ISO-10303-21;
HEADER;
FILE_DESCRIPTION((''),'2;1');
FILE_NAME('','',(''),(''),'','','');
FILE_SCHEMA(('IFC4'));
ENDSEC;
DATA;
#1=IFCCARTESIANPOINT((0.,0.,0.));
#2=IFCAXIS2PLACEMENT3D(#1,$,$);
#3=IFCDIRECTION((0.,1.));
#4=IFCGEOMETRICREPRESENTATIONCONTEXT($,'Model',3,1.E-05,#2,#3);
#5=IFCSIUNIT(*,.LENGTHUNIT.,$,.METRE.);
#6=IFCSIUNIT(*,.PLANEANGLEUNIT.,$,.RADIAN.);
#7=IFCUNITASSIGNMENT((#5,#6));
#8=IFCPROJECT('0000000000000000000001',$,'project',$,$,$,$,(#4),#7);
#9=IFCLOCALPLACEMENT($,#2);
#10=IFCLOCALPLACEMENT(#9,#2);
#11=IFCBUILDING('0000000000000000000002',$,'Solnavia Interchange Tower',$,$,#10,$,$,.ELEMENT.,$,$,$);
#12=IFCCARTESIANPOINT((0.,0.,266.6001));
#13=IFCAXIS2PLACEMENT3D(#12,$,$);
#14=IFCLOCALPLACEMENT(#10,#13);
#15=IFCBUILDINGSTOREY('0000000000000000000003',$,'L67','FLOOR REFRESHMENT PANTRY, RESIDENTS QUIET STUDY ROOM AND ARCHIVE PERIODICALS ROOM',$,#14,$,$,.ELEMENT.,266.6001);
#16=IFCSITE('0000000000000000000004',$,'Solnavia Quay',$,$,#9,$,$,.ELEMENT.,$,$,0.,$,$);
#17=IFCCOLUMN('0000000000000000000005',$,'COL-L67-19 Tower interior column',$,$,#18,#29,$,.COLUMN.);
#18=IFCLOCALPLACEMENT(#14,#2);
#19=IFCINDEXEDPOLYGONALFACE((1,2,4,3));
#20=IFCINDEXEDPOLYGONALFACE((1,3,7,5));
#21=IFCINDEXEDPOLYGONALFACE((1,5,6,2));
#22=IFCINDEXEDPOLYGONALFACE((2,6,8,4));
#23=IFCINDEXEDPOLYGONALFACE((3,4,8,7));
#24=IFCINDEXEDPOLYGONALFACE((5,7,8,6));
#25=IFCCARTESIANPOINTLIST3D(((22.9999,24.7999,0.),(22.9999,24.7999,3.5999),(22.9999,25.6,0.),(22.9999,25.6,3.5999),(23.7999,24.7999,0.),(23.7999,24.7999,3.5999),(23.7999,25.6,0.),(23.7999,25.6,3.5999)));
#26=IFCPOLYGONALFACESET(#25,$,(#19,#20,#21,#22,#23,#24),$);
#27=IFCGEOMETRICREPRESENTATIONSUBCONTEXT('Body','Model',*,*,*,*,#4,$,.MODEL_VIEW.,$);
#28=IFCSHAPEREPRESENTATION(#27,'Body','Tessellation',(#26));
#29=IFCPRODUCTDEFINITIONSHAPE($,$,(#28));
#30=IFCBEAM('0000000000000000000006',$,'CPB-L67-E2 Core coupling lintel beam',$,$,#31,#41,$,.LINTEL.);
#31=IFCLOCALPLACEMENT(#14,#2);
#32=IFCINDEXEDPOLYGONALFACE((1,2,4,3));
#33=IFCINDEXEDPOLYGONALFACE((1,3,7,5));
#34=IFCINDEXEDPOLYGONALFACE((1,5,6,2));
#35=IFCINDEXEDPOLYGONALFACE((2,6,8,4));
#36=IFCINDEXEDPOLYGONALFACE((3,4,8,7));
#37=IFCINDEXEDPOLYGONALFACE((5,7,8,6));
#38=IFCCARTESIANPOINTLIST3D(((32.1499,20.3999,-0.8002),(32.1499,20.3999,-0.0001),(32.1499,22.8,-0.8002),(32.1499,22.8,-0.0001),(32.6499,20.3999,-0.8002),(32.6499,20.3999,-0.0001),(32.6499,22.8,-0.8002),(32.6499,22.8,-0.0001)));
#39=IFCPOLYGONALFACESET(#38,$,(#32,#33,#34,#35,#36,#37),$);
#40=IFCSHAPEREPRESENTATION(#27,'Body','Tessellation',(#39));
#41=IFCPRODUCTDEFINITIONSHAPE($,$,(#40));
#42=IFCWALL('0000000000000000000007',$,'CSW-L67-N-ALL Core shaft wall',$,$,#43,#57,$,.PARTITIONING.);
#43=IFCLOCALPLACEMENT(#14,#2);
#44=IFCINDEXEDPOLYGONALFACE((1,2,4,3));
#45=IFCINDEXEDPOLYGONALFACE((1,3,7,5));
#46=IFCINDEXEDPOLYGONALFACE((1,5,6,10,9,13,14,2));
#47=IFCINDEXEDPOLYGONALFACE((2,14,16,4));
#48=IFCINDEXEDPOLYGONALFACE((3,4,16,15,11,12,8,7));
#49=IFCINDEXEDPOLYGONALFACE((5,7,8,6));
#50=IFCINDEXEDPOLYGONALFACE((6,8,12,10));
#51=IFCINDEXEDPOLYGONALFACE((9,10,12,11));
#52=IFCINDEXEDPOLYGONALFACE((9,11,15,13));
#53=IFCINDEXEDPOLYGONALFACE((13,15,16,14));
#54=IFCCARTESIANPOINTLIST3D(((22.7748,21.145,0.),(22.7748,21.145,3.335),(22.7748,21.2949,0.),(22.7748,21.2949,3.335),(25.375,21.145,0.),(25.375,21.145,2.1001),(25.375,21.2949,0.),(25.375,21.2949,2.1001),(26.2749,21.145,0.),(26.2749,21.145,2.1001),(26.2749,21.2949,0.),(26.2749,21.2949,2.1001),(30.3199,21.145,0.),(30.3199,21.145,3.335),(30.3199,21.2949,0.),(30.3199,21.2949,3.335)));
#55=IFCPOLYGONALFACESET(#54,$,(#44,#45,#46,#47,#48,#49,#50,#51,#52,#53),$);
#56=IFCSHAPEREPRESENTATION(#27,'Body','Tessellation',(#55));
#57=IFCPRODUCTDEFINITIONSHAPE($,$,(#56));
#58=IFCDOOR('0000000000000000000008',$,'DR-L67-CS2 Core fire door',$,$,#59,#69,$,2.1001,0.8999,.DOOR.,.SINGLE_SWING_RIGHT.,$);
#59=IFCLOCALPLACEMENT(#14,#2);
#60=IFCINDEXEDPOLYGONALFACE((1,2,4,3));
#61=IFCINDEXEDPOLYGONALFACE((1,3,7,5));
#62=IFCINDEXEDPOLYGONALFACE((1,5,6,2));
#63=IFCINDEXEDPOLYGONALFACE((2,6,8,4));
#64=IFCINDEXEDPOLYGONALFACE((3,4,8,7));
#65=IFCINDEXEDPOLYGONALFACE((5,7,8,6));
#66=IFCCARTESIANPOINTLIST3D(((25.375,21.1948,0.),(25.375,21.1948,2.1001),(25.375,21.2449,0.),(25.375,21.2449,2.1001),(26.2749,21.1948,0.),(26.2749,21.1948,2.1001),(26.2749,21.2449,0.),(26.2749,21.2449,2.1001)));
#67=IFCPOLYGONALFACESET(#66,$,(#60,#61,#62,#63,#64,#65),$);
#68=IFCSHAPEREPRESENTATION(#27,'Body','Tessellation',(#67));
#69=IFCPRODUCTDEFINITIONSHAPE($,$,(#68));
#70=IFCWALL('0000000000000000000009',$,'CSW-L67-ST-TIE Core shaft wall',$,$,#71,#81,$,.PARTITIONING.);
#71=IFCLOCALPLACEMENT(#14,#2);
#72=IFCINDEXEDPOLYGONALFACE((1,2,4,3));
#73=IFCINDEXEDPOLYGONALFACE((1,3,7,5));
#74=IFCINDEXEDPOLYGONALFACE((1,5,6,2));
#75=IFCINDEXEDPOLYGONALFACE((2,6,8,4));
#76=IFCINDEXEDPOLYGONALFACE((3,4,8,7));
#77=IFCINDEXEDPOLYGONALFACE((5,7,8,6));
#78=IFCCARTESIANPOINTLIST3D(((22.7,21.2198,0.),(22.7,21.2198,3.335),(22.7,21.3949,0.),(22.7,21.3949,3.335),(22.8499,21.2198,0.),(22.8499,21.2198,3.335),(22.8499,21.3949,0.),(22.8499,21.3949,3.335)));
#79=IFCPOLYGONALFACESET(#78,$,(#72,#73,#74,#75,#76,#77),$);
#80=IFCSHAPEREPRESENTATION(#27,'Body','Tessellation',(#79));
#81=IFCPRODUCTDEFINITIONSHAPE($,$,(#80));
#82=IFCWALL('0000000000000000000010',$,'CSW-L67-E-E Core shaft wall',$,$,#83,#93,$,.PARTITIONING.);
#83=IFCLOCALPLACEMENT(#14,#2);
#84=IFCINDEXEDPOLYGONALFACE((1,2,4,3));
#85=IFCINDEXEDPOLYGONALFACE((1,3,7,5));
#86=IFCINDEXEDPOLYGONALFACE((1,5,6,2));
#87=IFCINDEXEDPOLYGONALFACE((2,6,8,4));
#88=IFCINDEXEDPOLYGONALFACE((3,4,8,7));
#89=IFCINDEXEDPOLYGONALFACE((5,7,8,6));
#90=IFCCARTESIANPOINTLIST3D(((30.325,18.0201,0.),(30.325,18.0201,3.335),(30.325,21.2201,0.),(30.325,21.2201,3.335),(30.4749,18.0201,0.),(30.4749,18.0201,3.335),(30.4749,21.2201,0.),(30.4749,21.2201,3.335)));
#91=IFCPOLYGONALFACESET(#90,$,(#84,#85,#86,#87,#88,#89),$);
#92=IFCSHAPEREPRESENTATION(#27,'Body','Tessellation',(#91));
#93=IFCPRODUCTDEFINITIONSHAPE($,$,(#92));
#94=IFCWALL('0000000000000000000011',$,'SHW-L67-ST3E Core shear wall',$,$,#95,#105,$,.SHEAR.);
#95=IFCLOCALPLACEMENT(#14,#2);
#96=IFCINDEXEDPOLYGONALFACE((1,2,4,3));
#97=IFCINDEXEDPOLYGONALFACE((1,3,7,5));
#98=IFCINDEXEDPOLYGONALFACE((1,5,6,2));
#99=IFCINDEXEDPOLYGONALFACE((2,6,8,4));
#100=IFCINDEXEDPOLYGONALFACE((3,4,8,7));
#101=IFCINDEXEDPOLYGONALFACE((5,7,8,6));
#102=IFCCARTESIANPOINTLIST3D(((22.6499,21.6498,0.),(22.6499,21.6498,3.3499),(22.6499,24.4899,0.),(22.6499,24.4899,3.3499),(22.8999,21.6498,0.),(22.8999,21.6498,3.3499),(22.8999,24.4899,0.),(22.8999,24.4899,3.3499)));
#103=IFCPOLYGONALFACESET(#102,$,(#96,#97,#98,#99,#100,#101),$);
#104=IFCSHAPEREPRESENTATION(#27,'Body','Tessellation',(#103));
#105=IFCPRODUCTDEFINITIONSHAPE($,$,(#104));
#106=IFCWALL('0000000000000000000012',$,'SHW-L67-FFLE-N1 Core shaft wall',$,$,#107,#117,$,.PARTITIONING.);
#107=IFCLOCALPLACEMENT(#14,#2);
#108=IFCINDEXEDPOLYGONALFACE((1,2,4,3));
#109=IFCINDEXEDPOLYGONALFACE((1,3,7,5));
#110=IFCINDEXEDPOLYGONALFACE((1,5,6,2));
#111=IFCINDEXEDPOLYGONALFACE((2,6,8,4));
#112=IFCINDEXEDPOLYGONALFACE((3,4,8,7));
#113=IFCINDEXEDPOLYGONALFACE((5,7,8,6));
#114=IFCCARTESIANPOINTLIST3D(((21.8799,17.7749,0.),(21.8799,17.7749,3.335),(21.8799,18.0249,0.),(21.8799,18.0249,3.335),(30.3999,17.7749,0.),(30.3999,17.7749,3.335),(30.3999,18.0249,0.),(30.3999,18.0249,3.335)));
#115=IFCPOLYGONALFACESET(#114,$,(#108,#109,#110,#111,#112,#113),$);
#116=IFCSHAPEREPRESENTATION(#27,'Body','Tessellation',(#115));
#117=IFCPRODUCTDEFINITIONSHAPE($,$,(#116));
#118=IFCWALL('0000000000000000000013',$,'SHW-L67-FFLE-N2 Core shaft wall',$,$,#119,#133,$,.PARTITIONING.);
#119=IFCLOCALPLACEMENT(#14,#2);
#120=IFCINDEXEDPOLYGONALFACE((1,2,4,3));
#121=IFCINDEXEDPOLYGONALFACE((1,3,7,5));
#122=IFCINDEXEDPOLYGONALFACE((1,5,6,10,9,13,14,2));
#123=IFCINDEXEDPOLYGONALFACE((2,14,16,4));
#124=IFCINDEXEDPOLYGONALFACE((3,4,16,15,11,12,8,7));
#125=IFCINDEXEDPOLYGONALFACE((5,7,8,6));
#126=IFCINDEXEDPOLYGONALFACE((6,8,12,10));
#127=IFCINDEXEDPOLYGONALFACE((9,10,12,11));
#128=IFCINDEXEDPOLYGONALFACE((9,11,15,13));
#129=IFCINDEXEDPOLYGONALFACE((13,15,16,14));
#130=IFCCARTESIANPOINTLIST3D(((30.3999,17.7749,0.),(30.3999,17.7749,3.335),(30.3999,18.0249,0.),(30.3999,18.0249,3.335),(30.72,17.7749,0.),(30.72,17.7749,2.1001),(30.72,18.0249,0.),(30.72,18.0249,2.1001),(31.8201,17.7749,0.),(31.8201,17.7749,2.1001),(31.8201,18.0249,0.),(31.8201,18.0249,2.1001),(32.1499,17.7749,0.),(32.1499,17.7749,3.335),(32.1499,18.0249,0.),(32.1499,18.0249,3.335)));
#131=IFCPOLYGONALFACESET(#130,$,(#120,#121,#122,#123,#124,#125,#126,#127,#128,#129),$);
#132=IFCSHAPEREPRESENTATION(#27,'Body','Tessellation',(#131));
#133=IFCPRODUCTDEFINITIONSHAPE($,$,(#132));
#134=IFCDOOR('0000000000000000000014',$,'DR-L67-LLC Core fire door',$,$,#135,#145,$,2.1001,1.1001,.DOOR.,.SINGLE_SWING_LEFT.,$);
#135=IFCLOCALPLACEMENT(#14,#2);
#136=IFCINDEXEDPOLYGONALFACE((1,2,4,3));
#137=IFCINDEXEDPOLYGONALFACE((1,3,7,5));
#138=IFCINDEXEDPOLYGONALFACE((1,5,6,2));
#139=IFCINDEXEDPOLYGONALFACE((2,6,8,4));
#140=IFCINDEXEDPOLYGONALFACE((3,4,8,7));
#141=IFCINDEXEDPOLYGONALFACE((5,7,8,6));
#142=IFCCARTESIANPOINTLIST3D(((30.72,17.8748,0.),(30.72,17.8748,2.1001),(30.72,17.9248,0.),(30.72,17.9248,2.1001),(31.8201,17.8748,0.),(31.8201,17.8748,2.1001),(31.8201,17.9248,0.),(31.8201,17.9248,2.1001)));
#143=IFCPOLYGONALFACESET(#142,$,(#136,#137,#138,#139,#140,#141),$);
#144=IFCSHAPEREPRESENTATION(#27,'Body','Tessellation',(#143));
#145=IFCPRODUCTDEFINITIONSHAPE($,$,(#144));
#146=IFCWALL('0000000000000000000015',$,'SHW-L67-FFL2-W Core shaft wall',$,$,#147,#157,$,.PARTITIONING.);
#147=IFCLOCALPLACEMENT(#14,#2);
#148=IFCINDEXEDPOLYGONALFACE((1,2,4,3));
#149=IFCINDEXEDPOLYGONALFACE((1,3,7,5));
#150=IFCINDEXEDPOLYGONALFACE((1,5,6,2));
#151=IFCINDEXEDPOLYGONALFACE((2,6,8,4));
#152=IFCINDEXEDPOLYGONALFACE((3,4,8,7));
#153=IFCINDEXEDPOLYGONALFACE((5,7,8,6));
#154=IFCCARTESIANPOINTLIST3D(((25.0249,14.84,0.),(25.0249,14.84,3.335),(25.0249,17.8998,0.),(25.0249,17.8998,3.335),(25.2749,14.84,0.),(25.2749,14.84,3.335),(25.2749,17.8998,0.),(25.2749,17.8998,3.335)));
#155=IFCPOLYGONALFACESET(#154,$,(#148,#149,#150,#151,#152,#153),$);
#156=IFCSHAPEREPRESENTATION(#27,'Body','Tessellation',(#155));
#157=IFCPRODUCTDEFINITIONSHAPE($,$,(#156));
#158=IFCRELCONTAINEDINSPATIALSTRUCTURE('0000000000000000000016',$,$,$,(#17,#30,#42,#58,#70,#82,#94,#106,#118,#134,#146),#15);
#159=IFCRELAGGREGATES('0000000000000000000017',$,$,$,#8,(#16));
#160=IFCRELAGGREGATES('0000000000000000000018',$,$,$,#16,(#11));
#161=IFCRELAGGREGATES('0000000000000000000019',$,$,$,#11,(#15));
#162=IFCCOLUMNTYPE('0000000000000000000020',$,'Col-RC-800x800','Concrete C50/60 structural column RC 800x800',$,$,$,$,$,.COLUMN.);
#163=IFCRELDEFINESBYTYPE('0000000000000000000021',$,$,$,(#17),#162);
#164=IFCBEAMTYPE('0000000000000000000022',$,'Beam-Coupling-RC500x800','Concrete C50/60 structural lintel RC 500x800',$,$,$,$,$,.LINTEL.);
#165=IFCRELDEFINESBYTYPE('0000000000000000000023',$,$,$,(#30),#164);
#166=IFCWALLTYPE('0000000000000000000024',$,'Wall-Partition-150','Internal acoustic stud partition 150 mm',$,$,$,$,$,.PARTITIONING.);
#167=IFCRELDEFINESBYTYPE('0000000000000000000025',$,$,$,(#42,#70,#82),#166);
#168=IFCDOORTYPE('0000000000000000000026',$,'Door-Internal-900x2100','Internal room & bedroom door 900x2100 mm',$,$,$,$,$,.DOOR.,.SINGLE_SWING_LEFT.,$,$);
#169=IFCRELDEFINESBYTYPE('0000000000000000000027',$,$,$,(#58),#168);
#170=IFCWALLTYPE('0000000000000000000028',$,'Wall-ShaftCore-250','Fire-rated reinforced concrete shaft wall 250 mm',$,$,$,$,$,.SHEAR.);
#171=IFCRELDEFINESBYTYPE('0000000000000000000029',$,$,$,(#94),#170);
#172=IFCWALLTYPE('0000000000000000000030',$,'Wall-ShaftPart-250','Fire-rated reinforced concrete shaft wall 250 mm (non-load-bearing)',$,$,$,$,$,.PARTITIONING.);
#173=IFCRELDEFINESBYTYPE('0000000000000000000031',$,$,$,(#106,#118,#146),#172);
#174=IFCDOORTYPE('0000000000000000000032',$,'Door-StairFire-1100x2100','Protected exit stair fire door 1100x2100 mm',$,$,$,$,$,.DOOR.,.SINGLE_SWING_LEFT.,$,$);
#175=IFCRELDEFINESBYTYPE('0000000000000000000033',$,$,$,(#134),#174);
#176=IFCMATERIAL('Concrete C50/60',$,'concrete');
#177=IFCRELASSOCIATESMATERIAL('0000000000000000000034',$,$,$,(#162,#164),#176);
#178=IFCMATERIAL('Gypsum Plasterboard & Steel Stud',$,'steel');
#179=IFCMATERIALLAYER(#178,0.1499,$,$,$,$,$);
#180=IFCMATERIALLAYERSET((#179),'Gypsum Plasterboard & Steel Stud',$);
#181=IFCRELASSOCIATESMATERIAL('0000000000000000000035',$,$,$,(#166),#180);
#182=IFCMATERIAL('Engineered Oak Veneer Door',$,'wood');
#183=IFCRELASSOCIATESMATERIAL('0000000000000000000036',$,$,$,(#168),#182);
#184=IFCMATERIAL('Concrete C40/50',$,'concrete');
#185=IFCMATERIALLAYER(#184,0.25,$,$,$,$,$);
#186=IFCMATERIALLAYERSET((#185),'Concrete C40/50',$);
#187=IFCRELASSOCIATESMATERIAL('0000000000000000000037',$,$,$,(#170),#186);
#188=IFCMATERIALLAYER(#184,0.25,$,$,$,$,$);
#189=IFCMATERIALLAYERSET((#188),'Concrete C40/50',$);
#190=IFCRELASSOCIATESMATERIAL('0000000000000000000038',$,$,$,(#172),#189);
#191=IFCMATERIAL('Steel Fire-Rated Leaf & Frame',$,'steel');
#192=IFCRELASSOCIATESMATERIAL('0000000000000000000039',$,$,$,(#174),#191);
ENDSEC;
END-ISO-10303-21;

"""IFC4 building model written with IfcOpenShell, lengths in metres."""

from ifc_helpers import new_model, si_unit, direction, frame, frame_2d, origin, origin_2d, place, context, subcontext, project, spatial, rectangle, extrude, material, layer, layer_set, material_profile, profile_set, type_object, element, fill, save


model = new_model("IFC4")

# Units and contexts
model_context = context("Model", 3, precision=1e-05, world=origin(), true_north=direction((0.0, 1.0)))
body_context = subcontext(model_context, "Body", "Model", "MODEL_VIEW")
ifc_project = project(units=[si_unit("LENGTHUNIT", "METRE"), si_unit("PLANEANGLEUNIT", "RADIAN")], contexts=[model_context])

# Site, building, storey
site_placement = place(None, origin())
site = spatial("IfcSite", under=ifc_project, at=site_placement, Name="Solnavia Quay", CompositionType="ELEMENT", RefElevation=0.0)
building_placement = place(site_placement, origin())
building = spatial("IfcBuilding", under=site, at=building_placement, Name="Solnavia Interchange Tower", CompositionType="ELEMENT")
storey_placement = place(building_placement, frame((0.0, 0.0, 266.6001)))
storey = spatial("IfcBuildingStorey", under=building, at=storey_placement, Name="L67", Description="FLOOR REFRESHMENT PANTRY, RESIDENTS QUIET STUDY ROOM AND ARCHIVE PERIODICALS ROOM", CompositionType="ELEMENT", Elevation=266.6001)

# Column
ifc_material_1 = material(Name="Concrete C50/60", Category="concrete")
ifc_material_profile_1 = material_profile(ifc_material_1, rectangle(XDim=0.8, YDim=0.8, at=origin_2d()), Name="RC 800x800")
ifc_profile_set_1 = profile_set([ifc_material_profile_1], Name="Concrete C50/60")
column_type = type_object("IfcColumnType", Name="Col-RC-800x800", Description="Concrete C50/60 structural column RC 800x800", PredefinedType="COLUMN", material=ifc_profile_set_1)
column_placement = place(storey_placement, frame((23.3999, 25.2, 0.0), z_axis=(0.0, 0.0, 1.0), x_axis=(1.0, 0.0, 0.0)))
element("IfcColumn", 1, at=column_placement, inside=storey, type_object=column_type, Name="COL-L67-19 Tower interior column", PredefinedType="COLUMN", context=body_context, shape_type="SweptSolid", body=[
    extrude(rectangle(XDim=0.8, YDim=0.8, at=origin_2d()), origin(), (0.0, 0.0, 1.0), 3.5999),
])

# Beam
ifc_material_profile_2 = material_profile(ifc_material_1, rectangle(XDim=0.5, YDim=0.8, at=origin_2d()), Name="RC 500x800")
ifc_profile_set_2 = profile_set([ifc_material_profile_2], Name="Concrete C50/60")
beam_type = type_object("IfcBeamType", Name="Beam-Coupling-RC500x800", Description="Concrete C50/60 structural lintel RC 500x800", PredefinedType="LINTEL", material=ifc_profile_set_2)
beam_placement = place(storey_placement, frame((32.3999, 20.3999, -0.4001), z_axis=(0.0, 1.0, 0.0), x_axis=(-1.0, 0.0, 0.0)))
element("IfcBeam", 2, at=beam_placement, inside=storey, type_object=beam_type, Name="CPB-L67-E2 Core coupling lintel beam", PredefinedType="LINTEL", context=body_context, shape_type="SweptSolid", body=[
    extrude(rectangle(XDim=0.5, YDim=0.8, at=origin_2d()), origin(), (0.0, 0.0, 1.0), 2.4001),
])

# Wall, opening, door
ifc_material_2 = material(Name="Gypsum Plasterboard & Steel Stud", Category="steel")
ifc_layer_1 = layer(ifc_material_2, 0.1499)
ifc_layer_set_1 = layer_set([ifc_layer_1], Name="Gypsum Plasterboard & Steel Stud")
wall_type_1 = type_object("IfcWallType", Name="Wall-Partition-150", Description="Internal acoustic stud partition 150 mm", PredefinedType="PARTITIONING", material=ifc_layer_set_1)
wall_1_placement = place(storey_placement, frame((22.7749, 21.22, 0.0), z_axis=(0.0, 0.0, 1.0), x_axis=(1.0, 0.0, 0.0)))
wall_1 = element("IfcWall", 3, at=wall_1_placement, inside=storey, type_object=wall_type_1, Name="CSW-L67-N-ALL Core shaft wall", PredefinedType="PARTITIONING", context=body_context, shape_type="SweptSolid", body=[
    extrude(rectangle(XDim=7.5452, YDim=0.1499, at=frame_2d((3.7725, 0.0))), origin(), (0.0, 0.0, 1.0), 3.335),
])
opening_1_placement = place(wall_1_placement, frame((2.6001, 0.0, 0.0)))
opening_1 = element("IfcOpeningElement", 4, at=opening_1_placement, cuts=wall_1, PredefinedType="OPENING", context=body_context, shape_type="SweptSolid", body=[
    extrude(rectangle(XDim=0.8999, YDim=2.1001, at=frame_2d((0.45, 1.05))), frame((0.0, 0.085, 0.0), z_axis=(0.0, -1.0, 0.0), x_axis=(1.0, 0.0, 0.0)), (0.0, 0.0, 1.0), 0.1699),
])
ifc_material_3 = material(Name="Engineered Oak Veneer Door", Category="wood")
door_type_1 = type_object("IfcDoorType", Name="Door-Internal-900x2100", Description="Internal room & bedroom door 900x2100 mm", OperationType="SINGLE_SWING_LEFT", PredefinedType="DOOR", material=ifc_material_3)
door_1_placement = place(opening_1_placement, origin())
door_1 = element("IfcDoor", 5, at=door_1_placement, inside=storey, type_object=door_type_1, Name="DR-L67-CS2 Core fire door", OperationType="SINGLE_SWING_RIGHT", OverallHeight=2.1001, OverallWidth=0.8999, PredefinedType="DOOR", context=body_context, shape_type="SweptSolid", body=[
    extrude(rectangle(XDim=0.8999, YDim=2.1001, at=frame_2d((0.45, 1.05))), frame((0.0, 0.0249, 0.0), z_axis=(0.0, -1.0, 0.0), x_axis=(1.0, 0.0, 0.0)), (0.0, 0.0, 1.0), 0.05),
])
fill(opening_1, door_1)

# Walls
wall_2_placement = place(storey_placement, frame((22.7749, 21.22, 0.0), z_axis=(0.0, 0.0, 1.0), x_axis=(0.0, 1.0, 0.0)))
element("IfcWall", 6, at=wall_2_placement, inside=storey, type_object=wall_type_1, Name="CSW-L67-ST-TIE Core shaft wall", PredefinedType="PARTITIONING", context=body_context, shape_type="SweptSolid", body=[
    extrude(rectangle(XDim=0.175, YDim=0.1499, at=frame_2d((0.0874, 0.0))), origin(), (0.0, 0.0, 1.0), 3.335),
])
wall_3_placement = place(storey_placement, frame((30.3999, 18.02, 0.0), z_axis=(0.0, 0.0, 1.0), x_axis=(0.0, 1.0, 0.0)))
element("IfcWall", 7, at=wall_3_placement, inside=storey, type_object=wall_type_1, Name="CSW-L67-E-E Core shaft wall", PredefinedType="PARTITIONING", context=body_context, shape_type="SweptSolid", body=[
    extrude(rectangle(XDim=3.2, YDim=0.1499, at=frame_2d((1.6001, 0.0))), origin(), (0.0, 0.0, 1.0), 3.335),
])
ifc_material_4 = material(Name="Concrete C40/50", Category="concrete")
ifc_layer_2 = layer(ifc_material_4, 0.25)
ifc_layer_set_2 = layer_set([ifc_layer_2], Name="Concrete C40/50")
wall_type_2 = type_object("IfcWallType", Name="Wall-ShaftCore-250", Description="Fire-rated reinforced concrete shaft wall 250 mm", PredefinedType="SHEAR", material=ifc_layer_set_2)
wall_4_placement = place(storey_placement, frame((22.7749, 21.6499, 0.0), z_axis=(0.0, 0.0, 1.0), x_axis=(0.0, 1.0, 0.0)))
element("IfcWall", 8, at=wall_4_placement, inside=storey, type_object=wall_type_2, Name="SHW-L67-ST3E Core shear wall", PredefinedType="SHEAR", context=body_context, shape_type="SweptSolid", body=[
    extrude(rectangle(XDim=2.8401, YDim=0.25, at=frame_2d((1.4199, 0.0))), origin(), (0.0, 0.0, 1.0), 3.3499),
])
ifc_layer_3 = layer(ifc_material_4, 0.25)
ifc_layer_set_3 = layer_set([ifc_layer_3], Name="Concrete C40/50")
wall_type_3 = type_object("IfcWallType", Name="Wall-ShaftPart-250", Description="Fire-rated reinforced concrete shaft wall 250 mm (non-load-bearing)", PredefinedType="PARTITIONING", material=ifc_layer_set_3)
wall_5_placement = place(storey_placement, frame((21.8799, 17.8999, 0.0), z_axis=(0.0, 0.0, 1.0), x_axis=(1.0, 0.0, 0.0)))
element("IfcWall", 9, at=wall_5_placement, inside=storey, type_object=wall_type_3, Name="SHW-L67-FFLE-N1 Core shaft wall", PredefinedType="PARTITIONING", context=body_context, shape_type="SweptSolid", body=[
    extrude(rectangle(XDim=8.52, YDim=0.25, at=frame_2d((4.26, 0.0))), origin(), (0.0, 0.0, 1.0), 3.335),
])

# Wall, opening, door
wall_6_placement = place(storey_placement, frame((30.3999, 17.8999, 0.0), z_axis=(0.0, 0.0, 1.0), x_axis=(1.0, 0.0, 0.0)))
wall_6 = element("IfcWall", 10, at=wall_6_placement, inside=storey, type_object=wall_type_3, Name="SHW-L67-FFLE-N2 Core shaft wall", PredefinedType="PARTITIONING", context=body_context, shape_type="SweptSolid", body=[
    extrude(rectangle(XDim=1.75, YDim=0.25, at=frame_2d((0.875, 0.0))), origin(), (0.0, 0.0, 1.0), 3.335),
])
opening_2_placement = place(wall_6_placement, frame((0.3201, 0.0, 0.0)))
opening_2 = element("IfcOpeningElement", 11, at=opening_2_placement, cuts=wall_6, PredefinedType="OPENING", context=body_context, shape_type="SweptSolid", body=[
    extrude(rectangle(XDim=1.1001, YDim=2.1001, at=frame_2d((0.55, 1.05))), frame((0.0, 0.135, 0.0), z_axis=(0.0, -1.0, 0.0), x_axis=(1.0, 0.0, 0.0)), (0.0, 0.0, 1.0), 0.27),
])
ifc_material_5 = material(Name="Steel Fire-Rated Leaf & Frame", Category="steel")
door_type_2 = type_object("IfcDoorType", Name="Door-StairFire-1100x2100", Description="Protected exit stair fire door 1100x2100 mm", OperationType="SINGLE_SWING_LEFT", PredefinedType="DOOR", material=ifc_material_5)
door_2_placement = place(opening_2_placement, origin())
door_2 = element("IfcDoor", 12, at=door_2_placement, inside=storey, type_object=door_type_2, Name="DR-L67-LLC Core fire door", OperationType="SINGLE_SWING_LEFT", OverallHeight=2.1001, OverallWidth=1.1001, PredefinedType="DOOR", context=body_context, shape_type="SweptSolid", body=[
    extrude(rectangle(XDim=1.1001, YDim=2.1001, at=frame_2d((0.55, 1.05))), frame((0.0, 0.0249, 0.0), z_axis=(0.0, -1.0, 0.0), x_axis=(1.0, 0.0, 0.0)), (0.0, 0.0, 1.0), 0.05),
])
fill(opening_2, door_2)

# Wall
wall_7_placement = place(storey_placement, frame((25.1499, 14.8401, 0.0), z_axis=(0.0, 0.0, 1.0), x_axis=(0.0, 1.0, 0.0)))
element("IfcWall", 13, at=wall_7_placement, inside=storey, type_object=wall_type_3, Name="SHW-L67-FFL2-W Core shaft wall", PredefinedType="PARTITIONING", context=body_context, shape_type="SweptSolid", body=[
    extrude(rectangle(XDim=3.0598, YDim=0.25, at=frame_2d((1.5298, 0.0))), origin(), (0.0, 0.0, 1.0), 3.335),
])

save(model, "model.ifc")
